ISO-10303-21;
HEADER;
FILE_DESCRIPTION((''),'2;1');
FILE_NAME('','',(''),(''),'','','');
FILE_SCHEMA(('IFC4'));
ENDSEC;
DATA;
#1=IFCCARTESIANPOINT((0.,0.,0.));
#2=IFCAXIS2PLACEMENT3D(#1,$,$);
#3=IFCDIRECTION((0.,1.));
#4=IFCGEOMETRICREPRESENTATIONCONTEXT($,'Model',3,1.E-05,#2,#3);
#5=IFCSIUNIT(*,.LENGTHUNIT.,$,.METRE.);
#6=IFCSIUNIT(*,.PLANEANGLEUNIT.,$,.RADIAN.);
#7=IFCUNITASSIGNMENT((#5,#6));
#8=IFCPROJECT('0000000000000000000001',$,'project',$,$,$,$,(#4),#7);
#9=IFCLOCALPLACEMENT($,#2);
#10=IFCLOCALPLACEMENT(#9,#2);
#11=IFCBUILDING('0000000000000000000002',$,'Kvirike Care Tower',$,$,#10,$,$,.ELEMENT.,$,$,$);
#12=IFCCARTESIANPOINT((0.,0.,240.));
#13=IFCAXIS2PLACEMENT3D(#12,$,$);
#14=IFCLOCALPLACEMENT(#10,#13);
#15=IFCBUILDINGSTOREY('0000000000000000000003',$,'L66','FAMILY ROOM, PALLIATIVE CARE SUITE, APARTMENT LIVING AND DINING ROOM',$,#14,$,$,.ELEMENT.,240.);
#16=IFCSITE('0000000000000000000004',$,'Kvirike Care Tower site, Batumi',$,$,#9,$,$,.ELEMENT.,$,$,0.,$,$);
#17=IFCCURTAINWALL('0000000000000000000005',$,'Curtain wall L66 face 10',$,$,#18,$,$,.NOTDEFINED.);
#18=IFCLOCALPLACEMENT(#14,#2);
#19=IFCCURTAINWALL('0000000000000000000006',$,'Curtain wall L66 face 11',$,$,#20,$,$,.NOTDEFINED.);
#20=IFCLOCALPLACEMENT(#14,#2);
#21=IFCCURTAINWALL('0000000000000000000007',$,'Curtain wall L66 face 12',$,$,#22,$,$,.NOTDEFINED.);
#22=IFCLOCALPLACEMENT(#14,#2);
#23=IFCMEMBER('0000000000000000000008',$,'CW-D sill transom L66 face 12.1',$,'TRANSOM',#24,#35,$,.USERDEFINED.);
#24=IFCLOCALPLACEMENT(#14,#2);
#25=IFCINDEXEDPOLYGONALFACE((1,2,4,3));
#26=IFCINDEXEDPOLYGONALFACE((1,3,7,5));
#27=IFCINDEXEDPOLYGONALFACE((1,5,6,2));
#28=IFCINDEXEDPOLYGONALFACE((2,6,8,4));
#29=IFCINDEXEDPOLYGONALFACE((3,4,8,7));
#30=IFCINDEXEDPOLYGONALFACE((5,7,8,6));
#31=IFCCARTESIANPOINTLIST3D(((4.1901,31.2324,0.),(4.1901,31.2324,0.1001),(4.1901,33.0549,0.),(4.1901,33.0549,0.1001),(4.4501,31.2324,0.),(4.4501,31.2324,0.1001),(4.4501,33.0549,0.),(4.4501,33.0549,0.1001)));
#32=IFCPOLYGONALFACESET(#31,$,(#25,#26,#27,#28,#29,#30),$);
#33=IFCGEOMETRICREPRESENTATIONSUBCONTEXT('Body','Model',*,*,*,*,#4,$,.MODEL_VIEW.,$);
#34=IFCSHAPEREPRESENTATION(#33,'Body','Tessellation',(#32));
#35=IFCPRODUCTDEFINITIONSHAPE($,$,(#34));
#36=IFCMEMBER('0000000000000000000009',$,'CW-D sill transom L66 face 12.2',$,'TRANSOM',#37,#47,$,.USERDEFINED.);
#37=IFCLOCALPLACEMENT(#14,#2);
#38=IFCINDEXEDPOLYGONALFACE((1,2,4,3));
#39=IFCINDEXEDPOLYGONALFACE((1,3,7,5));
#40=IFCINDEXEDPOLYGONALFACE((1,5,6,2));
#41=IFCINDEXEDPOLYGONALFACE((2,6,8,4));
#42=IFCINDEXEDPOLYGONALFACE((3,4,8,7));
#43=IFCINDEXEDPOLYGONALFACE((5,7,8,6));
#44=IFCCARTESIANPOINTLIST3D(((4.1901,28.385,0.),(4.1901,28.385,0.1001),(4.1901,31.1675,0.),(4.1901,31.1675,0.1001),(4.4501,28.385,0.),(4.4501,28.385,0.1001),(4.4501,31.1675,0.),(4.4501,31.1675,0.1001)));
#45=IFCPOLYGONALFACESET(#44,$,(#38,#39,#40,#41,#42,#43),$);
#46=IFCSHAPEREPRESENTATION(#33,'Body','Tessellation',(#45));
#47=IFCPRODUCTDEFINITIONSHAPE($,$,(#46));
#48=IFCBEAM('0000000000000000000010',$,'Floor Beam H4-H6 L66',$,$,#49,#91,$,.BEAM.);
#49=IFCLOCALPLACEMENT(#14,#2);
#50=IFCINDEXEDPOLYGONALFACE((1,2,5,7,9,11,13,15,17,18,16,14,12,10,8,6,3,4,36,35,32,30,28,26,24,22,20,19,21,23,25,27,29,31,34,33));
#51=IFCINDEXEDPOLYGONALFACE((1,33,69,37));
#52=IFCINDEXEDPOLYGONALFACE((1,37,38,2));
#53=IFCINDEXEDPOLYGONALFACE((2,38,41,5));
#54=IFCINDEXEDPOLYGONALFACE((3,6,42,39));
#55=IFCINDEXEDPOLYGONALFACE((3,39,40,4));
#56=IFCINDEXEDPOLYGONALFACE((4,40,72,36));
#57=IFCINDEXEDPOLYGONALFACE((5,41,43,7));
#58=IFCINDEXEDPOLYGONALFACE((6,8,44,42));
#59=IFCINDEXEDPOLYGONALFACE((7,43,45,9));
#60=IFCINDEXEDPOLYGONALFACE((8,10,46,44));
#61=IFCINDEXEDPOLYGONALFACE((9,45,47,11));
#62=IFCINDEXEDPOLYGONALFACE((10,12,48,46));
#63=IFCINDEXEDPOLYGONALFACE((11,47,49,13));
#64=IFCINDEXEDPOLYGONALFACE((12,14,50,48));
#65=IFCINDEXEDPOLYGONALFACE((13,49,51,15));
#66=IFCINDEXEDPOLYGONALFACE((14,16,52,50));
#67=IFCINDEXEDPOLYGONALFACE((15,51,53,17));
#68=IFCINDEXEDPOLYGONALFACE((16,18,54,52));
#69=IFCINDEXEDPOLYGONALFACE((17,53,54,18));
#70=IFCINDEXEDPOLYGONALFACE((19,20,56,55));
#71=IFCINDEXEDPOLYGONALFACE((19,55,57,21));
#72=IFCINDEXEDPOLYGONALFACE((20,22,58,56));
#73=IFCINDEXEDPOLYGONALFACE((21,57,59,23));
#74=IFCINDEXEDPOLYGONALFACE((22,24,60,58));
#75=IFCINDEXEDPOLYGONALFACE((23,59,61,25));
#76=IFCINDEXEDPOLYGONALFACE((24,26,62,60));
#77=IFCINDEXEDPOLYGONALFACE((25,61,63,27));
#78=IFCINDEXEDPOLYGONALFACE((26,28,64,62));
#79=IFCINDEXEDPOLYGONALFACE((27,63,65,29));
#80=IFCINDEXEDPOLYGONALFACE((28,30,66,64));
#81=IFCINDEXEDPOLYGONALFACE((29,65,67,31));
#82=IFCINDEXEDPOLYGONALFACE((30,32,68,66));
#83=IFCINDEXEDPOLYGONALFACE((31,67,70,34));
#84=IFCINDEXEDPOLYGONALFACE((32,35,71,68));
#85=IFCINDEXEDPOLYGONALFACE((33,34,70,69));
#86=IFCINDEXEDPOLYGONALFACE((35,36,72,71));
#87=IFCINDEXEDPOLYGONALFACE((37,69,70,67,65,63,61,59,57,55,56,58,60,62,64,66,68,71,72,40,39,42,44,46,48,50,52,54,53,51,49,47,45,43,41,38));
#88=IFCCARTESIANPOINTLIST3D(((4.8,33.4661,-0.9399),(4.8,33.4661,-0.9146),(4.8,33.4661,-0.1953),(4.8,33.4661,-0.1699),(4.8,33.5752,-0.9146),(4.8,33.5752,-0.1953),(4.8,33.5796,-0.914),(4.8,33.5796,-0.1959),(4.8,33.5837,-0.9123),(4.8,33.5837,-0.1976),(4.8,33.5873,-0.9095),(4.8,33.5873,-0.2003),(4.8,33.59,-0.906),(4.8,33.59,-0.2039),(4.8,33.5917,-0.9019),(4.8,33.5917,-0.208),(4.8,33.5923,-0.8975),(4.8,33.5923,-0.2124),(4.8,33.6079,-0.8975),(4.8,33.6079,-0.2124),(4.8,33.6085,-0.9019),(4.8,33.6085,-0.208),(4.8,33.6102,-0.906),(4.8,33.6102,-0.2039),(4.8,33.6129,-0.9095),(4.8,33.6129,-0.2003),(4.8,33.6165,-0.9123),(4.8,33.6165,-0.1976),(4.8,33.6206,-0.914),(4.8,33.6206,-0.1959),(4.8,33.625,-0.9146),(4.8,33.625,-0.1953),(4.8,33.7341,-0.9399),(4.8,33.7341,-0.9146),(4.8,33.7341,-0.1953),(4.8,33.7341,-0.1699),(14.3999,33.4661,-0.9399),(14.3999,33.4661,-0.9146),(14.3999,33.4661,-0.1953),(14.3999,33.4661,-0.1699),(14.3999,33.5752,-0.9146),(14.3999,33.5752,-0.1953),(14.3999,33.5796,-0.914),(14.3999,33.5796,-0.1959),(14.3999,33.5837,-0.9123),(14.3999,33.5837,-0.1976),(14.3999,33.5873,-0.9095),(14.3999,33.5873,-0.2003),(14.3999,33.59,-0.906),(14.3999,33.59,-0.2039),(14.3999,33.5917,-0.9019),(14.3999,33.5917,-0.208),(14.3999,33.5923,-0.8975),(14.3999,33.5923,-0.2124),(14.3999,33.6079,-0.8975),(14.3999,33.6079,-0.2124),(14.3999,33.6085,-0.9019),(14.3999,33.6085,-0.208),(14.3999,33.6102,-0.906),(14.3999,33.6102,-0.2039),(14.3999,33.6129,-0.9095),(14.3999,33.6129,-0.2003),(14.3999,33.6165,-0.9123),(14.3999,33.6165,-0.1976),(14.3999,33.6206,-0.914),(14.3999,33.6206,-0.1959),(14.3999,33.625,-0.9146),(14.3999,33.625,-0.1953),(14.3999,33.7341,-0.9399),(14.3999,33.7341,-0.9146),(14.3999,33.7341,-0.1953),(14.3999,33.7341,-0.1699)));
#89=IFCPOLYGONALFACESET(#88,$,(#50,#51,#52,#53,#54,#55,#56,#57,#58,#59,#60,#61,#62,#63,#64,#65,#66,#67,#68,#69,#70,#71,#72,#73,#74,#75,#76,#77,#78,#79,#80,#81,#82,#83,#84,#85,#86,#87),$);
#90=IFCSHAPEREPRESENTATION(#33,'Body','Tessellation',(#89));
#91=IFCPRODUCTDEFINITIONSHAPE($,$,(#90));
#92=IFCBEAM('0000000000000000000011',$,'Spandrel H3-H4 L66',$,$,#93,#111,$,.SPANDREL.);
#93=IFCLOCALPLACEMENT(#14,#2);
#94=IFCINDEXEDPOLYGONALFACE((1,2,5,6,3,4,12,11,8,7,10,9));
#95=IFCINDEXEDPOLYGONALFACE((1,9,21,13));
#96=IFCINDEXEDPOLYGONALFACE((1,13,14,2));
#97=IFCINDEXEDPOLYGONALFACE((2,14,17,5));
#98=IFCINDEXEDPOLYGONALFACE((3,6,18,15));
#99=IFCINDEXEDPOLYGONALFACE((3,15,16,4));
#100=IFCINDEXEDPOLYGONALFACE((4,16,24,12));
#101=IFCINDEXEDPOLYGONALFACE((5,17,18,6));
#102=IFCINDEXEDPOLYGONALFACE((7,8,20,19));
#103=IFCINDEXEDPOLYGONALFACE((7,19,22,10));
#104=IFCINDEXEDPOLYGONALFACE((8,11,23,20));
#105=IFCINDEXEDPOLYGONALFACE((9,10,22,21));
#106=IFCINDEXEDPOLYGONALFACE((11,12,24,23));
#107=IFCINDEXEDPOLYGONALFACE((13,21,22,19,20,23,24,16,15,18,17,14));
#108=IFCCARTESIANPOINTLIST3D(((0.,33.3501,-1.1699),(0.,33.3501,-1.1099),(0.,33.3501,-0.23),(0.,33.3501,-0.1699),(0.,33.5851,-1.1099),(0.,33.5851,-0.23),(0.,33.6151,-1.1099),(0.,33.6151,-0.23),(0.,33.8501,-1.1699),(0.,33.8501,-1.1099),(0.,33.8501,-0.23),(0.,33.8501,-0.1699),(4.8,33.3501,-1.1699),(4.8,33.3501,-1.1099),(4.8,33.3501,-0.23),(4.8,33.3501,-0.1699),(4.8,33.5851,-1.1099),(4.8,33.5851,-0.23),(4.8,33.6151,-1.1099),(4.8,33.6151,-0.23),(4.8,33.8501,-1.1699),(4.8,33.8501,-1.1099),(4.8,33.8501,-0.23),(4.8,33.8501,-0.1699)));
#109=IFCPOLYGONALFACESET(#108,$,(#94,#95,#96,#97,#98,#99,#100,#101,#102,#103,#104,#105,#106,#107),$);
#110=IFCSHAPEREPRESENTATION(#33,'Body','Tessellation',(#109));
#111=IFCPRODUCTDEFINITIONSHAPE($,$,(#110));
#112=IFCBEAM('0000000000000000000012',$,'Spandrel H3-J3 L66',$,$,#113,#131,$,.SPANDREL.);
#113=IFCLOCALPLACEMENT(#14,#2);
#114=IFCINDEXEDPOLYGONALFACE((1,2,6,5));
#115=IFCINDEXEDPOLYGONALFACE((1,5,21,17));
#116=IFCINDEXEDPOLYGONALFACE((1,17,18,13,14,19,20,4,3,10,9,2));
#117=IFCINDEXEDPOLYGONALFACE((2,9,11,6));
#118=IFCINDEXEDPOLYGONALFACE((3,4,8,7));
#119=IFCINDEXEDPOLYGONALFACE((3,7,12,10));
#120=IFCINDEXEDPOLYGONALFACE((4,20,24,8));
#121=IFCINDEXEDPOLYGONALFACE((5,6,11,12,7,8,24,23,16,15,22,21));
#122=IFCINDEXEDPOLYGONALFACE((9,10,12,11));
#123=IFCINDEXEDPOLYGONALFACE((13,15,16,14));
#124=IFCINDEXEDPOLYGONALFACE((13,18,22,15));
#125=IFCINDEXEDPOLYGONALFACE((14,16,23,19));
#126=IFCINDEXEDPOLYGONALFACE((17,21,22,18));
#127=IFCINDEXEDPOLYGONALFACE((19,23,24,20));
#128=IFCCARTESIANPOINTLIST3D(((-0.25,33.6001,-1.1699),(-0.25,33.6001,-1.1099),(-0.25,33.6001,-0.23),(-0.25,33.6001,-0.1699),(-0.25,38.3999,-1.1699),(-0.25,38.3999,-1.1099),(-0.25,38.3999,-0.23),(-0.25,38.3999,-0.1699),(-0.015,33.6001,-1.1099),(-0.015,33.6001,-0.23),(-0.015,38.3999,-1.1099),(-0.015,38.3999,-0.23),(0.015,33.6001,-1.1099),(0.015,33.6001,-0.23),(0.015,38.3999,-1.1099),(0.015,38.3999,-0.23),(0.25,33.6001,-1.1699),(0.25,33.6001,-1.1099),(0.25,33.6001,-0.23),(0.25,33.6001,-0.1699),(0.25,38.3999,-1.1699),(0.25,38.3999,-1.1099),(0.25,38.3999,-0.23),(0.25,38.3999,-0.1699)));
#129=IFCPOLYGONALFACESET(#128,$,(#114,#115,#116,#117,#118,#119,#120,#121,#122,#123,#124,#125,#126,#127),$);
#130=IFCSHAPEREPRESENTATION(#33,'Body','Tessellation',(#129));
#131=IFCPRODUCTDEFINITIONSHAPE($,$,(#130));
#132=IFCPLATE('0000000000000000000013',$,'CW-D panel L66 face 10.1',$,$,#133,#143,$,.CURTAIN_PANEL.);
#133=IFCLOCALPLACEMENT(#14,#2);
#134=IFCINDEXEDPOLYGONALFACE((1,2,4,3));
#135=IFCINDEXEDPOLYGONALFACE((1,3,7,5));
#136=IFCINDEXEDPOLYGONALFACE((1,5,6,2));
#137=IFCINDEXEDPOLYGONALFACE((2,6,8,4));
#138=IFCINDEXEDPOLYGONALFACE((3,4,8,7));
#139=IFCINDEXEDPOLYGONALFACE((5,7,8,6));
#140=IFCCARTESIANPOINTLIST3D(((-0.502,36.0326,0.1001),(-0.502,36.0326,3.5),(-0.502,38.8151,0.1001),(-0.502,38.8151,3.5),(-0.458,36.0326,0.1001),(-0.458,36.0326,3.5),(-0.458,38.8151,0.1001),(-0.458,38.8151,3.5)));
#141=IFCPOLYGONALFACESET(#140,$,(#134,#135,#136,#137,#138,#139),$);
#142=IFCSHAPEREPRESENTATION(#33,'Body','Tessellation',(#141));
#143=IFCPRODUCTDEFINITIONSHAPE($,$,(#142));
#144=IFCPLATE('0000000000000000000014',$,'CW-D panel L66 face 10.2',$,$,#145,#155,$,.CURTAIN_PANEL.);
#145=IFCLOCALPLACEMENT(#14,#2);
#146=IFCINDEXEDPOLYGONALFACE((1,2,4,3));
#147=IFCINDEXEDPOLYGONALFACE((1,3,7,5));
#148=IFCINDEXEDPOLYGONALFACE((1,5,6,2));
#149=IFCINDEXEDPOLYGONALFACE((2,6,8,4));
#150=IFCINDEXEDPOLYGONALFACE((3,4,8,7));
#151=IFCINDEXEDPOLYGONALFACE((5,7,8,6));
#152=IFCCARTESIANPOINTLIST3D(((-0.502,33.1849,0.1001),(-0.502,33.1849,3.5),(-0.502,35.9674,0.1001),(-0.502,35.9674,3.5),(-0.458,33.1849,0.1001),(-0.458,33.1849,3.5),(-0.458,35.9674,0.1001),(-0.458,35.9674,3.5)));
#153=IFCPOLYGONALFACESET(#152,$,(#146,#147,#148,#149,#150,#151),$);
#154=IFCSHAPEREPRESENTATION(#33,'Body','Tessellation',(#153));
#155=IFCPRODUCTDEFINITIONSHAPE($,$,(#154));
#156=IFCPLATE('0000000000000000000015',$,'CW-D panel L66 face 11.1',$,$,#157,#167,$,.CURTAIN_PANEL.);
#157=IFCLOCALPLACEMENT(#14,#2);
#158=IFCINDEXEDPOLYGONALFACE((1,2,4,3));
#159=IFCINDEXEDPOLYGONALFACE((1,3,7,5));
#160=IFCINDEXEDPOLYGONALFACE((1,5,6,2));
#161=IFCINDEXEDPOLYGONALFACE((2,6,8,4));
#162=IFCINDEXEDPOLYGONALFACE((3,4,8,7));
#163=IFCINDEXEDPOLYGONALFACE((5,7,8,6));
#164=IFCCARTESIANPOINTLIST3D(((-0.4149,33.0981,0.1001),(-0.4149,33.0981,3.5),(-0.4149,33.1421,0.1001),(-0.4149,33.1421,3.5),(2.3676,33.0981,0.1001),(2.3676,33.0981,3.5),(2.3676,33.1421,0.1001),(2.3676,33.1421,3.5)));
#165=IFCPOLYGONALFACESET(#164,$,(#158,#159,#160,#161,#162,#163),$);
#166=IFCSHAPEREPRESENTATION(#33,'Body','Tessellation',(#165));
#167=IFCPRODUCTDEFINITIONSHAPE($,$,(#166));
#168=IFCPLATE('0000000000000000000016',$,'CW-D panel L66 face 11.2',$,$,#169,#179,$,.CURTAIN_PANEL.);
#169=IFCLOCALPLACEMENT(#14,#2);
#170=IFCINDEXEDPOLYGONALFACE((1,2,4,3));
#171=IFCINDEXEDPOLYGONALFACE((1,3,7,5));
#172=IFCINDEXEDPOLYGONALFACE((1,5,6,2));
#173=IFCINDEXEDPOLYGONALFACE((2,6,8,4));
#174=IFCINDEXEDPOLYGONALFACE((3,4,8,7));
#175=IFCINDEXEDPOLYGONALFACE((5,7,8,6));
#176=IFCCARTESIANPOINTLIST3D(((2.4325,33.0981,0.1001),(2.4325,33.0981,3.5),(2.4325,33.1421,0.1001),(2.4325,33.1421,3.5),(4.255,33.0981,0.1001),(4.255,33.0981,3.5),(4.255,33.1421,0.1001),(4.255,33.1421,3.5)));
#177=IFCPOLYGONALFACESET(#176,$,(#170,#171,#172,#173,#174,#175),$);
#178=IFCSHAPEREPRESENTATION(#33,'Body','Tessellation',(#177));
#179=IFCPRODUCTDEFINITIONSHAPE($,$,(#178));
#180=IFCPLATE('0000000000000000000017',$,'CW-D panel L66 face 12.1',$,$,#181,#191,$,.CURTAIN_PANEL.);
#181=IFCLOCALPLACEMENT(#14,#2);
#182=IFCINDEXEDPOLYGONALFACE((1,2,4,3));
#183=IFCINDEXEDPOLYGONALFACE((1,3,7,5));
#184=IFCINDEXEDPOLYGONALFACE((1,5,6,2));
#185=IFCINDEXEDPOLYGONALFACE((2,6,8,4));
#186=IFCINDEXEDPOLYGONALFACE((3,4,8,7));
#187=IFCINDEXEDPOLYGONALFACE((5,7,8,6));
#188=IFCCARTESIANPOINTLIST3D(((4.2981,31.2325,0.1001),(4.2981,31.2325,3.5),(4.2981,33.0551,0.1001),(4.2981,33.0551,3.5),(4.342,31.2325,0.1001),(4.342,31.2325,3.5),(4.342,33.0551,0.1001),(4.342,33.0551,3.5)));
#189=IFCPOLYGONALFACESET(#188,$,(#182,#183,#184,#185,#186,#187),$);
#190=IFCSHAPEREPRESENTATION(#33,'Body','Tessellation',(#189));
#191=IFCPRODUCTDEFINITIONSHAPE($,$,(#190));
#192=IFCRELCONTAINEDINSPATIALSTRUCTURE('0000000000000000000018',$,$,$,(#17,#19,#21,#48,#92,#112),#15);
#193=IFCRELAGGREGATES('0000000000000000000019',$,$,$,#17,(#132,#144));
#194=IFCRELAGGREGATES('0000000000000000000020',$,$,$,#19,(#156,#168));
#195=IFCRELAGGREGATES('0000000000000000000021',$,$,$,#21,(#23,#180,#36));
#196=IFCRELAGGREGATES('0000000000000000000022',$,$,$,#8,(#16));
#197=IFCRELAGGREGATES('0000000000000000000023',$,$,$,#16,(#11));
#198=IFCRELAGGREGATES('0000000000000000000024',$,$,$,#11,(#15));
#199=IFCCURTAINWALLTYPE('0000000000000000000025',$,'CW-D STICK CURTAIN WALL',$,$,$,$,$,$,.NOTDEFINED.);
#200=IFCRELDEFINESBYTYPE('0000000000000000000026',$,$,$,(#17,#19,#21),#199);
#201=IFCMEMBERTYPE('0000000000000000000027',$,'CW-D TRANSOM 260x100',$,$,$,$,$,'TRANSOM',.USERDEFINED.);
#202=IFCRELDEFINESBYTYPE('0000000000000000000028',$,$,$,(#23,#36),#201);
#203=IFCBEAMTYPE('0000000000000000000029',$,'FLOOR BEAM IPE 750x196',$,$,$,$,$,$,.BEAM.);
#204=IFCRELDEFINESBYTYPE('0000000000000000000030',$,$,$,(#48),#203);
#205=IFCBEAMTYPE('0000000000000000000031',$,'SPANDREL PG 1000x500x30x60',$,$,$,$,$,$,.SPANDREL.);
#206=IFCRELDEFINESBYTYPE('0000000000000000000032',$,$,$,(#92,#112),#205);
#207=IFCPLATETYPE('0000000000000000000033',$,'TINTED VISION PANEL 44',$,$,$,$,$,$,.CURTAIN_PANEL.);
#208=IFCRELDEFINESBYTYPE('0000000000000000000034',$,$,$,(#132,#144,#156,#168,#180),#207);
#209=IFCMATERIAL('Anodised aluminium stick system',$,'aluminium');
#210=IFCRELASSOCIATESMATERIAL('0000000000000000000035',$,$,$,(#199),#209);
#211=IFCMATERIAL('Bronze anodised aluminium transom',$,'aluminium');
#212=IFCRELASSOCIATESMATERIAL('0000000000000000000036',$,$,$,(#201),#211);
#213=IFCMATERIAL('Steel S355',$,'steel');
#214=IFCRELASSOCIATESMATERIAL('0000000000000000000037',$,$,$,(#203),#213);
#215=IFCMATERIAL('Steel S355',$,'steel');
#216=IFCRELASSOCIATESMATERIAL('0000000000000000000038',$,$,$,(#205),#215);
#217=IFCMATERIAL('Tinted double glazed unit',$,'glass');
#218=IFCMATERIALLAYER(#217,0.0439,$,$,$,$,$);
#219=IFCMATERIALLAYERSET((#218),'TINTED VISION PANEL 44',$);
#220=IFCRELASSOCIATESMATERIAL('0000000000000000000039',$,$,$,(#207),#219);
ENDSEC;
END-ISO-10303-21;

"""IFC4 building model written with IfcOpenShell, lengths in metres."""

from ifc_helpers import new_model, si_unit, direction, frame, origin, origin_2d, place, context, subcontext, project, spatial, rectangle, i_section, extrude, material, layer, layer_set, material_profile, profile_set, type_object, element, aggregate, save


model = new_model("IFC4")

# Units and contexts
model_context = context("Model", 3, precision=1e-05, world=origin(), true_north=direction((0.0, 1.0)))
body_context = subcontext(model_context, "Body", "Model", "MODEL_VIEW")
ifc_project = project(units=[si_unit("LENGTHUNIT", "METRE"), si_unit("PLANEANGLEUNIT", "RADIAN")], contexts=[model_context])

# Site, building, storey
site_placement = place(None, origin())
site = spatial("IfcSite", under=ifc_project, at=site_placement, Name="Kvirike Care Tower site, Batumi", CompositionType="ELEMENT", RefElevation=0.0)
building_placement = place(site_placement, origin())
building = spatial("IfcBuilding", under=site, at=building_placement, Name="Kvirike Care Tower", CompositionType="ELEMENT")
storey_placement = place(building_placement, frame((0.0, 0.0, 240.0)))
storey = spatial("IfcBuildingStorey", under=building, at=storey_placement, Name="L66", Description="FAMILY ROOM, PALLIATIVE CARE SUITE, APARTMENT LIVING AND DINING ROOM", CompositionType="ELEMENT", Elevation=240.0)

# Curtain walls
ifc_material_1 = material(Name="Anodised aluminium stick system", Category="aluminium")
curtain_wall_type = type_object("IfcCurtainWallType", Name="CW-D STICK CURTAIN WALL", PredefinedType="NOTDEFINED", material=ifc_material_1)
curtain_wall_1_placement = place(storey_placement, origin())
curtain_wall_1 = element("IfcCurtainWall", 1, at=curtain_wall_1_placement, inside=storey, type_object=curtain_wall_type, Name="Curtain wall L66 face 10", PredefinedType="NOTDEFINED")
curtain_wall_2_placement = place(storey_placement, origin())
curtain_wall_2 = element("IfcCurtainWall", 2, at=curtain_wall_2_placement, inside=storey, type_object=curtain_wall_type, Name="Curtain wall L66 face 11", PredefinedType="NOTDEFINED")
curtain_wall_3_placement = place(storey_placement, origin())
curtain_wall_3 = element("IfcCurtainWall", 3, at=curtain_wall_3_placement, inside=storey, type_object=curtain_wall_type, Name="Curtain wall L66 face 12", PredefinedType="NOTDEFINED")

# Members
ifc_material_2 = material(Name="Bronze anodised aluminium transom", Category="aluminium")
ifc_material_profile_1 = material_profile(ifc_material_2, rectangle(XDim=0.26, YDim=0.1001, at=origin_2d()), Name="CW-D TRANSOM 260x100")
ifc_profile_set_1 = profile_set([ifc_material_profile_1], Name="Bronze anodised aluminium transom")
member_type_1 = type_object("IfcMemberType", Name="CW-D TRANSOM 260x100", ElementType="TRANSOM", PredefinedType="USERDEFINED", material=ifc_profile_set_1)
member_1_placement = place(storey_placement, frame((4.3201, 33.0549, 0.05), z_axis=(0.0, -1.0, 0.0), x_axis=(1.0, 0.0, 0.0)))
member_1 = element("IfcMember", 4, at=member_1_placement, type_object=member_type_1, Name="CW-D sill transom L66 face 12.1", ObjectType="TRANSOM", PredefinedType="USERDEFINED", context=body_context, shape_type="SweptSolid", body=[
    extrude(rectangle(XDim=0.26, YDim=0.1001, at=origin_2d()), origin(), (0.0, 0.0, 1.0), 1.8225),
])
member_2_placement = place(storey_placement, frame((4.3201, 31.1675, 0.05), z_axis=(0.0, -1.0, 0.0), x_axis=(1.0, 0.0, 0.0)))
member_2 = element("IfcMember", 5, at=member_2_placement, type_object=member_type_1, Name="CW-D sill transom L66 face 12.2", ObjectType="TRANSOM", PredefinedType="USERDEFINED", context=body_context, shape_type="SweptSolid", body=[
    extrude(rectangle(XDim=0.26, YDim=0.1001, at=origin_2d()), origin(), (0.0, 0.0, 1.0), 2.7825),
])

# Beams
ifc_material_3 = material(Name="Steel S355", Category="steel")
ifc_material_profile_2 = material_profile(ifc_material_3, i_section(OverallWidth=0.2681, OverallDepth=0.77, WebThickness=0.0156, FlangeThickness=0.0254, FilletRadius=0.0171, at=origin_2d()), Name="IPE 750x196")
ifc_profile_set_2 = profile_set([ifc_material_profile_2], Name="Steel S355")
beam_type_1 = type_object("IfcBeamType", Name="FLOOR BEAM IPE 750x196", PredefinedType="BEAM", material=ifc_profile_set_2)
beam_1_placement = place(storey_placement, frame((4.8, 33.6001, -0.5549), z_axis=(1.0, 0.0, 0.0), x_axis=(0.0, 1.0, 0.0)))
element("IfcBeam", 6, at=beam_1_placement, inside=storey, type_object=beam_type_1, Name="Floor Beam H4-H6 L66", PredefinedType="BEAM", context=body_context, shape_type="SweptSolid", body=[
    extrude(i_section(OverallWidth=0.2681, OverallDepth=0.77, WebThickness=0.0156, FlangeThickness=0.0254, FilletRadius=0.0171, at=origin_2d()), origin(), (0.0, 0.0, 1.0), 9.5999),
])
ifc_material_4 = material(Name="Steel S355", Category="steel")
ifc_material_profile_3 = material_profile(ifc_material_4, i_section(OverallWidth=0.5, OverallDepth=1.0, WebThickness=0.03, FlangeThickness=0.0601, at=origin_2d()), Name="PG 1000x500x30x60")
ifc_profile_set_3 = profile_set([ifc_material_profile_3], Name="Steel S355")
beam_type_2 = type_object("IfcBeamType", Name="SPANDREL PG 1000x500x30x60", PredefinedType="SPANDREL", material=ifc_profile_set_3)
beam_2_placement = place(storey_placement, frame((0.0, 33.6001, -0.6699), z_axis=(1.0, 0.0, 0.0), x_axis=(0.0, 1.0, 0.0)))
element("IfcBeam", 7, at=beam_2_placement, inside=storey, type_object=beam_type_2, Name="Spandrel H3-H4 L66", PredefinedType="SPANDREL", context=body_context, shape_type="SweptSolid", body=[
    extrude(i_section(OverallWidth=0.5, OverallDepth=1.0, WebThickness=0.03, FlangeThickness=0.0601, at=origin_2d()), origin(), (0.0, 0.0, 1.0), 4.8),
])
beam_3_placement = place(storey_placement, frame((0.0, 33.6001, -0.6699), z_axis=(0.0, 1.0, 0.0), x_axis=(-1.0, 0.0, 0.0)))
element("IfcBeam", 8, at=beam_3_placement, inside=storey, type_object=beam_type_2, Name="Spandrel H3-J3 L66", PredefinedType="SPANDREL", context=body_context, shape_type="SweptSolid", body=[
    extrude(i_section(OverallWidth=0.5, OverallDepth=1.0, WebThickness=0.03, FlangeThickness=0.0601, at=origin_2d()), origin(), (0.0, 0.0, 1.0), 4.7998),
])

# Plates
ifc_material_5 = material(Name="Tinted double glazed unit", Category="glass")
ifc_layer_1 = layer(ifc_material_5, 0.0439)
ifc_layer_set_1 = layer_set([ifc_layer_1], Name="TINTED VISION PANEL 44")
plate_type = type_object("IfcPlateType", Name="TINTED VISION PANEL 44", PredefinedType="CURTAIN_PANEL", material=ifc_layer_set_1)
plate_1_placement = place(storey_placement, frame((-0.48, 37.4238, 0.1001), z_axis=(0.0, 0.0, 1.0), x_axis=(0.0, -1.0, 0.0)))
plate_1 = element("IfcPlate", 9, at=plate_1_placement, type_object=plate_type, Name="CW-D panel L66 face 10.1", PredefinedType="CURTAIN_PANEL", context=body_context, shape_type="SweptSolid", body=[
    extrude(rectangle(XDim=2.7825, YDim=0.0439, at=origin_2d()), origin(), (0.0, 0.0, 1.0), 3.3999),
])
plate_2_placement = place(storey_placement, frame((-0.48, 34.5762, 0.1001), z_axis=(0.0, 0.0, 1.0), x_axis=(0.0, -1.0, 0.0)))
plate_2 = element("IfcPlate", 10, at=plate_2_placement, type_object=plate_type, Name="CW-D panel L66 face 10.2", PredefinedType="CURTAIN_PANEL", context=body_context, shape_type="SweptSolid", body=[
    extrude(rectangle(XDim=2.7825, YDim=0.0439, at=origin_2d()), origin(), (0.0, 0.0, 1.0), 3.3999),
])
aggregate(curtain_wall_1, [plate_1, plate_2])
plate_3_placement = place(storey_placement, frame((0.9763, 33.1201, 0.1001), z_axis=(0.0, 0.0, 1.0), x_axis=(1.0, 0.0, 0.0)))
plate_3 = element("IfcPlate", 11, at=plate_3_placement, type_object=plate_type, Name="CW-D panel L66 face 11.1", PredefinedType="CURTAIN_PANEL", context=body_context, shape_type="SweptSolid", body=[
    extrude(rectangle(XDim=2.7825, YDim=0.0439, at=origin_2d()), origin(), (0.0, 0.0, 1.0), 3.3999),
])
plate_4_placement = place(storey_placement, frame((3.3438, 33.1201, 0.1001), z_axis=(0.0, 0.0, 1.0), x_axis=(1.0, 0.0, 0.0)))
plate_4 = element("IfcPlate", 12, at=plate_4_placement, type_object=plate_type, Name="CW-D panel L66 face 11.2", PredefinedType="CURTAIN_PANEL", context=body_context, shape_type="SweptSolid", body=[
    extrude(rectangle(XDim=1.8225, YDim=0.0439, at=origin_2d()), origin(), (0.0, 0.0, 1.0), 3.3999),
])
aggregate(curtain_wall_2, [plate_3, plate_4])
plate_5_placement = place(storey_placement, frame((4.3201, 32.1438, 0.1001), z_axis=(0.0, 0.0, 1.0), x_axis=(0.0, -1.0, 0.0)))
plate_5 = element("IfcPlate", 13, at=plate_5_placement, type_object=plate_type, Name="CW-D panel L66 face 12.1", PredefinedType="CURTAIN_PANEL", context=body_context, shape_type="SweptSolid", body=[
    extrude(rectangle(XDim=1.8225, YDim=0.0439, at=origin_2d()), origin(), (0.0, 0.0, 1.0), 3.3999),
])
aggregate(curtain_wall_3, [member_1, plate_5, member_2])

save(model, "model.ifc")
